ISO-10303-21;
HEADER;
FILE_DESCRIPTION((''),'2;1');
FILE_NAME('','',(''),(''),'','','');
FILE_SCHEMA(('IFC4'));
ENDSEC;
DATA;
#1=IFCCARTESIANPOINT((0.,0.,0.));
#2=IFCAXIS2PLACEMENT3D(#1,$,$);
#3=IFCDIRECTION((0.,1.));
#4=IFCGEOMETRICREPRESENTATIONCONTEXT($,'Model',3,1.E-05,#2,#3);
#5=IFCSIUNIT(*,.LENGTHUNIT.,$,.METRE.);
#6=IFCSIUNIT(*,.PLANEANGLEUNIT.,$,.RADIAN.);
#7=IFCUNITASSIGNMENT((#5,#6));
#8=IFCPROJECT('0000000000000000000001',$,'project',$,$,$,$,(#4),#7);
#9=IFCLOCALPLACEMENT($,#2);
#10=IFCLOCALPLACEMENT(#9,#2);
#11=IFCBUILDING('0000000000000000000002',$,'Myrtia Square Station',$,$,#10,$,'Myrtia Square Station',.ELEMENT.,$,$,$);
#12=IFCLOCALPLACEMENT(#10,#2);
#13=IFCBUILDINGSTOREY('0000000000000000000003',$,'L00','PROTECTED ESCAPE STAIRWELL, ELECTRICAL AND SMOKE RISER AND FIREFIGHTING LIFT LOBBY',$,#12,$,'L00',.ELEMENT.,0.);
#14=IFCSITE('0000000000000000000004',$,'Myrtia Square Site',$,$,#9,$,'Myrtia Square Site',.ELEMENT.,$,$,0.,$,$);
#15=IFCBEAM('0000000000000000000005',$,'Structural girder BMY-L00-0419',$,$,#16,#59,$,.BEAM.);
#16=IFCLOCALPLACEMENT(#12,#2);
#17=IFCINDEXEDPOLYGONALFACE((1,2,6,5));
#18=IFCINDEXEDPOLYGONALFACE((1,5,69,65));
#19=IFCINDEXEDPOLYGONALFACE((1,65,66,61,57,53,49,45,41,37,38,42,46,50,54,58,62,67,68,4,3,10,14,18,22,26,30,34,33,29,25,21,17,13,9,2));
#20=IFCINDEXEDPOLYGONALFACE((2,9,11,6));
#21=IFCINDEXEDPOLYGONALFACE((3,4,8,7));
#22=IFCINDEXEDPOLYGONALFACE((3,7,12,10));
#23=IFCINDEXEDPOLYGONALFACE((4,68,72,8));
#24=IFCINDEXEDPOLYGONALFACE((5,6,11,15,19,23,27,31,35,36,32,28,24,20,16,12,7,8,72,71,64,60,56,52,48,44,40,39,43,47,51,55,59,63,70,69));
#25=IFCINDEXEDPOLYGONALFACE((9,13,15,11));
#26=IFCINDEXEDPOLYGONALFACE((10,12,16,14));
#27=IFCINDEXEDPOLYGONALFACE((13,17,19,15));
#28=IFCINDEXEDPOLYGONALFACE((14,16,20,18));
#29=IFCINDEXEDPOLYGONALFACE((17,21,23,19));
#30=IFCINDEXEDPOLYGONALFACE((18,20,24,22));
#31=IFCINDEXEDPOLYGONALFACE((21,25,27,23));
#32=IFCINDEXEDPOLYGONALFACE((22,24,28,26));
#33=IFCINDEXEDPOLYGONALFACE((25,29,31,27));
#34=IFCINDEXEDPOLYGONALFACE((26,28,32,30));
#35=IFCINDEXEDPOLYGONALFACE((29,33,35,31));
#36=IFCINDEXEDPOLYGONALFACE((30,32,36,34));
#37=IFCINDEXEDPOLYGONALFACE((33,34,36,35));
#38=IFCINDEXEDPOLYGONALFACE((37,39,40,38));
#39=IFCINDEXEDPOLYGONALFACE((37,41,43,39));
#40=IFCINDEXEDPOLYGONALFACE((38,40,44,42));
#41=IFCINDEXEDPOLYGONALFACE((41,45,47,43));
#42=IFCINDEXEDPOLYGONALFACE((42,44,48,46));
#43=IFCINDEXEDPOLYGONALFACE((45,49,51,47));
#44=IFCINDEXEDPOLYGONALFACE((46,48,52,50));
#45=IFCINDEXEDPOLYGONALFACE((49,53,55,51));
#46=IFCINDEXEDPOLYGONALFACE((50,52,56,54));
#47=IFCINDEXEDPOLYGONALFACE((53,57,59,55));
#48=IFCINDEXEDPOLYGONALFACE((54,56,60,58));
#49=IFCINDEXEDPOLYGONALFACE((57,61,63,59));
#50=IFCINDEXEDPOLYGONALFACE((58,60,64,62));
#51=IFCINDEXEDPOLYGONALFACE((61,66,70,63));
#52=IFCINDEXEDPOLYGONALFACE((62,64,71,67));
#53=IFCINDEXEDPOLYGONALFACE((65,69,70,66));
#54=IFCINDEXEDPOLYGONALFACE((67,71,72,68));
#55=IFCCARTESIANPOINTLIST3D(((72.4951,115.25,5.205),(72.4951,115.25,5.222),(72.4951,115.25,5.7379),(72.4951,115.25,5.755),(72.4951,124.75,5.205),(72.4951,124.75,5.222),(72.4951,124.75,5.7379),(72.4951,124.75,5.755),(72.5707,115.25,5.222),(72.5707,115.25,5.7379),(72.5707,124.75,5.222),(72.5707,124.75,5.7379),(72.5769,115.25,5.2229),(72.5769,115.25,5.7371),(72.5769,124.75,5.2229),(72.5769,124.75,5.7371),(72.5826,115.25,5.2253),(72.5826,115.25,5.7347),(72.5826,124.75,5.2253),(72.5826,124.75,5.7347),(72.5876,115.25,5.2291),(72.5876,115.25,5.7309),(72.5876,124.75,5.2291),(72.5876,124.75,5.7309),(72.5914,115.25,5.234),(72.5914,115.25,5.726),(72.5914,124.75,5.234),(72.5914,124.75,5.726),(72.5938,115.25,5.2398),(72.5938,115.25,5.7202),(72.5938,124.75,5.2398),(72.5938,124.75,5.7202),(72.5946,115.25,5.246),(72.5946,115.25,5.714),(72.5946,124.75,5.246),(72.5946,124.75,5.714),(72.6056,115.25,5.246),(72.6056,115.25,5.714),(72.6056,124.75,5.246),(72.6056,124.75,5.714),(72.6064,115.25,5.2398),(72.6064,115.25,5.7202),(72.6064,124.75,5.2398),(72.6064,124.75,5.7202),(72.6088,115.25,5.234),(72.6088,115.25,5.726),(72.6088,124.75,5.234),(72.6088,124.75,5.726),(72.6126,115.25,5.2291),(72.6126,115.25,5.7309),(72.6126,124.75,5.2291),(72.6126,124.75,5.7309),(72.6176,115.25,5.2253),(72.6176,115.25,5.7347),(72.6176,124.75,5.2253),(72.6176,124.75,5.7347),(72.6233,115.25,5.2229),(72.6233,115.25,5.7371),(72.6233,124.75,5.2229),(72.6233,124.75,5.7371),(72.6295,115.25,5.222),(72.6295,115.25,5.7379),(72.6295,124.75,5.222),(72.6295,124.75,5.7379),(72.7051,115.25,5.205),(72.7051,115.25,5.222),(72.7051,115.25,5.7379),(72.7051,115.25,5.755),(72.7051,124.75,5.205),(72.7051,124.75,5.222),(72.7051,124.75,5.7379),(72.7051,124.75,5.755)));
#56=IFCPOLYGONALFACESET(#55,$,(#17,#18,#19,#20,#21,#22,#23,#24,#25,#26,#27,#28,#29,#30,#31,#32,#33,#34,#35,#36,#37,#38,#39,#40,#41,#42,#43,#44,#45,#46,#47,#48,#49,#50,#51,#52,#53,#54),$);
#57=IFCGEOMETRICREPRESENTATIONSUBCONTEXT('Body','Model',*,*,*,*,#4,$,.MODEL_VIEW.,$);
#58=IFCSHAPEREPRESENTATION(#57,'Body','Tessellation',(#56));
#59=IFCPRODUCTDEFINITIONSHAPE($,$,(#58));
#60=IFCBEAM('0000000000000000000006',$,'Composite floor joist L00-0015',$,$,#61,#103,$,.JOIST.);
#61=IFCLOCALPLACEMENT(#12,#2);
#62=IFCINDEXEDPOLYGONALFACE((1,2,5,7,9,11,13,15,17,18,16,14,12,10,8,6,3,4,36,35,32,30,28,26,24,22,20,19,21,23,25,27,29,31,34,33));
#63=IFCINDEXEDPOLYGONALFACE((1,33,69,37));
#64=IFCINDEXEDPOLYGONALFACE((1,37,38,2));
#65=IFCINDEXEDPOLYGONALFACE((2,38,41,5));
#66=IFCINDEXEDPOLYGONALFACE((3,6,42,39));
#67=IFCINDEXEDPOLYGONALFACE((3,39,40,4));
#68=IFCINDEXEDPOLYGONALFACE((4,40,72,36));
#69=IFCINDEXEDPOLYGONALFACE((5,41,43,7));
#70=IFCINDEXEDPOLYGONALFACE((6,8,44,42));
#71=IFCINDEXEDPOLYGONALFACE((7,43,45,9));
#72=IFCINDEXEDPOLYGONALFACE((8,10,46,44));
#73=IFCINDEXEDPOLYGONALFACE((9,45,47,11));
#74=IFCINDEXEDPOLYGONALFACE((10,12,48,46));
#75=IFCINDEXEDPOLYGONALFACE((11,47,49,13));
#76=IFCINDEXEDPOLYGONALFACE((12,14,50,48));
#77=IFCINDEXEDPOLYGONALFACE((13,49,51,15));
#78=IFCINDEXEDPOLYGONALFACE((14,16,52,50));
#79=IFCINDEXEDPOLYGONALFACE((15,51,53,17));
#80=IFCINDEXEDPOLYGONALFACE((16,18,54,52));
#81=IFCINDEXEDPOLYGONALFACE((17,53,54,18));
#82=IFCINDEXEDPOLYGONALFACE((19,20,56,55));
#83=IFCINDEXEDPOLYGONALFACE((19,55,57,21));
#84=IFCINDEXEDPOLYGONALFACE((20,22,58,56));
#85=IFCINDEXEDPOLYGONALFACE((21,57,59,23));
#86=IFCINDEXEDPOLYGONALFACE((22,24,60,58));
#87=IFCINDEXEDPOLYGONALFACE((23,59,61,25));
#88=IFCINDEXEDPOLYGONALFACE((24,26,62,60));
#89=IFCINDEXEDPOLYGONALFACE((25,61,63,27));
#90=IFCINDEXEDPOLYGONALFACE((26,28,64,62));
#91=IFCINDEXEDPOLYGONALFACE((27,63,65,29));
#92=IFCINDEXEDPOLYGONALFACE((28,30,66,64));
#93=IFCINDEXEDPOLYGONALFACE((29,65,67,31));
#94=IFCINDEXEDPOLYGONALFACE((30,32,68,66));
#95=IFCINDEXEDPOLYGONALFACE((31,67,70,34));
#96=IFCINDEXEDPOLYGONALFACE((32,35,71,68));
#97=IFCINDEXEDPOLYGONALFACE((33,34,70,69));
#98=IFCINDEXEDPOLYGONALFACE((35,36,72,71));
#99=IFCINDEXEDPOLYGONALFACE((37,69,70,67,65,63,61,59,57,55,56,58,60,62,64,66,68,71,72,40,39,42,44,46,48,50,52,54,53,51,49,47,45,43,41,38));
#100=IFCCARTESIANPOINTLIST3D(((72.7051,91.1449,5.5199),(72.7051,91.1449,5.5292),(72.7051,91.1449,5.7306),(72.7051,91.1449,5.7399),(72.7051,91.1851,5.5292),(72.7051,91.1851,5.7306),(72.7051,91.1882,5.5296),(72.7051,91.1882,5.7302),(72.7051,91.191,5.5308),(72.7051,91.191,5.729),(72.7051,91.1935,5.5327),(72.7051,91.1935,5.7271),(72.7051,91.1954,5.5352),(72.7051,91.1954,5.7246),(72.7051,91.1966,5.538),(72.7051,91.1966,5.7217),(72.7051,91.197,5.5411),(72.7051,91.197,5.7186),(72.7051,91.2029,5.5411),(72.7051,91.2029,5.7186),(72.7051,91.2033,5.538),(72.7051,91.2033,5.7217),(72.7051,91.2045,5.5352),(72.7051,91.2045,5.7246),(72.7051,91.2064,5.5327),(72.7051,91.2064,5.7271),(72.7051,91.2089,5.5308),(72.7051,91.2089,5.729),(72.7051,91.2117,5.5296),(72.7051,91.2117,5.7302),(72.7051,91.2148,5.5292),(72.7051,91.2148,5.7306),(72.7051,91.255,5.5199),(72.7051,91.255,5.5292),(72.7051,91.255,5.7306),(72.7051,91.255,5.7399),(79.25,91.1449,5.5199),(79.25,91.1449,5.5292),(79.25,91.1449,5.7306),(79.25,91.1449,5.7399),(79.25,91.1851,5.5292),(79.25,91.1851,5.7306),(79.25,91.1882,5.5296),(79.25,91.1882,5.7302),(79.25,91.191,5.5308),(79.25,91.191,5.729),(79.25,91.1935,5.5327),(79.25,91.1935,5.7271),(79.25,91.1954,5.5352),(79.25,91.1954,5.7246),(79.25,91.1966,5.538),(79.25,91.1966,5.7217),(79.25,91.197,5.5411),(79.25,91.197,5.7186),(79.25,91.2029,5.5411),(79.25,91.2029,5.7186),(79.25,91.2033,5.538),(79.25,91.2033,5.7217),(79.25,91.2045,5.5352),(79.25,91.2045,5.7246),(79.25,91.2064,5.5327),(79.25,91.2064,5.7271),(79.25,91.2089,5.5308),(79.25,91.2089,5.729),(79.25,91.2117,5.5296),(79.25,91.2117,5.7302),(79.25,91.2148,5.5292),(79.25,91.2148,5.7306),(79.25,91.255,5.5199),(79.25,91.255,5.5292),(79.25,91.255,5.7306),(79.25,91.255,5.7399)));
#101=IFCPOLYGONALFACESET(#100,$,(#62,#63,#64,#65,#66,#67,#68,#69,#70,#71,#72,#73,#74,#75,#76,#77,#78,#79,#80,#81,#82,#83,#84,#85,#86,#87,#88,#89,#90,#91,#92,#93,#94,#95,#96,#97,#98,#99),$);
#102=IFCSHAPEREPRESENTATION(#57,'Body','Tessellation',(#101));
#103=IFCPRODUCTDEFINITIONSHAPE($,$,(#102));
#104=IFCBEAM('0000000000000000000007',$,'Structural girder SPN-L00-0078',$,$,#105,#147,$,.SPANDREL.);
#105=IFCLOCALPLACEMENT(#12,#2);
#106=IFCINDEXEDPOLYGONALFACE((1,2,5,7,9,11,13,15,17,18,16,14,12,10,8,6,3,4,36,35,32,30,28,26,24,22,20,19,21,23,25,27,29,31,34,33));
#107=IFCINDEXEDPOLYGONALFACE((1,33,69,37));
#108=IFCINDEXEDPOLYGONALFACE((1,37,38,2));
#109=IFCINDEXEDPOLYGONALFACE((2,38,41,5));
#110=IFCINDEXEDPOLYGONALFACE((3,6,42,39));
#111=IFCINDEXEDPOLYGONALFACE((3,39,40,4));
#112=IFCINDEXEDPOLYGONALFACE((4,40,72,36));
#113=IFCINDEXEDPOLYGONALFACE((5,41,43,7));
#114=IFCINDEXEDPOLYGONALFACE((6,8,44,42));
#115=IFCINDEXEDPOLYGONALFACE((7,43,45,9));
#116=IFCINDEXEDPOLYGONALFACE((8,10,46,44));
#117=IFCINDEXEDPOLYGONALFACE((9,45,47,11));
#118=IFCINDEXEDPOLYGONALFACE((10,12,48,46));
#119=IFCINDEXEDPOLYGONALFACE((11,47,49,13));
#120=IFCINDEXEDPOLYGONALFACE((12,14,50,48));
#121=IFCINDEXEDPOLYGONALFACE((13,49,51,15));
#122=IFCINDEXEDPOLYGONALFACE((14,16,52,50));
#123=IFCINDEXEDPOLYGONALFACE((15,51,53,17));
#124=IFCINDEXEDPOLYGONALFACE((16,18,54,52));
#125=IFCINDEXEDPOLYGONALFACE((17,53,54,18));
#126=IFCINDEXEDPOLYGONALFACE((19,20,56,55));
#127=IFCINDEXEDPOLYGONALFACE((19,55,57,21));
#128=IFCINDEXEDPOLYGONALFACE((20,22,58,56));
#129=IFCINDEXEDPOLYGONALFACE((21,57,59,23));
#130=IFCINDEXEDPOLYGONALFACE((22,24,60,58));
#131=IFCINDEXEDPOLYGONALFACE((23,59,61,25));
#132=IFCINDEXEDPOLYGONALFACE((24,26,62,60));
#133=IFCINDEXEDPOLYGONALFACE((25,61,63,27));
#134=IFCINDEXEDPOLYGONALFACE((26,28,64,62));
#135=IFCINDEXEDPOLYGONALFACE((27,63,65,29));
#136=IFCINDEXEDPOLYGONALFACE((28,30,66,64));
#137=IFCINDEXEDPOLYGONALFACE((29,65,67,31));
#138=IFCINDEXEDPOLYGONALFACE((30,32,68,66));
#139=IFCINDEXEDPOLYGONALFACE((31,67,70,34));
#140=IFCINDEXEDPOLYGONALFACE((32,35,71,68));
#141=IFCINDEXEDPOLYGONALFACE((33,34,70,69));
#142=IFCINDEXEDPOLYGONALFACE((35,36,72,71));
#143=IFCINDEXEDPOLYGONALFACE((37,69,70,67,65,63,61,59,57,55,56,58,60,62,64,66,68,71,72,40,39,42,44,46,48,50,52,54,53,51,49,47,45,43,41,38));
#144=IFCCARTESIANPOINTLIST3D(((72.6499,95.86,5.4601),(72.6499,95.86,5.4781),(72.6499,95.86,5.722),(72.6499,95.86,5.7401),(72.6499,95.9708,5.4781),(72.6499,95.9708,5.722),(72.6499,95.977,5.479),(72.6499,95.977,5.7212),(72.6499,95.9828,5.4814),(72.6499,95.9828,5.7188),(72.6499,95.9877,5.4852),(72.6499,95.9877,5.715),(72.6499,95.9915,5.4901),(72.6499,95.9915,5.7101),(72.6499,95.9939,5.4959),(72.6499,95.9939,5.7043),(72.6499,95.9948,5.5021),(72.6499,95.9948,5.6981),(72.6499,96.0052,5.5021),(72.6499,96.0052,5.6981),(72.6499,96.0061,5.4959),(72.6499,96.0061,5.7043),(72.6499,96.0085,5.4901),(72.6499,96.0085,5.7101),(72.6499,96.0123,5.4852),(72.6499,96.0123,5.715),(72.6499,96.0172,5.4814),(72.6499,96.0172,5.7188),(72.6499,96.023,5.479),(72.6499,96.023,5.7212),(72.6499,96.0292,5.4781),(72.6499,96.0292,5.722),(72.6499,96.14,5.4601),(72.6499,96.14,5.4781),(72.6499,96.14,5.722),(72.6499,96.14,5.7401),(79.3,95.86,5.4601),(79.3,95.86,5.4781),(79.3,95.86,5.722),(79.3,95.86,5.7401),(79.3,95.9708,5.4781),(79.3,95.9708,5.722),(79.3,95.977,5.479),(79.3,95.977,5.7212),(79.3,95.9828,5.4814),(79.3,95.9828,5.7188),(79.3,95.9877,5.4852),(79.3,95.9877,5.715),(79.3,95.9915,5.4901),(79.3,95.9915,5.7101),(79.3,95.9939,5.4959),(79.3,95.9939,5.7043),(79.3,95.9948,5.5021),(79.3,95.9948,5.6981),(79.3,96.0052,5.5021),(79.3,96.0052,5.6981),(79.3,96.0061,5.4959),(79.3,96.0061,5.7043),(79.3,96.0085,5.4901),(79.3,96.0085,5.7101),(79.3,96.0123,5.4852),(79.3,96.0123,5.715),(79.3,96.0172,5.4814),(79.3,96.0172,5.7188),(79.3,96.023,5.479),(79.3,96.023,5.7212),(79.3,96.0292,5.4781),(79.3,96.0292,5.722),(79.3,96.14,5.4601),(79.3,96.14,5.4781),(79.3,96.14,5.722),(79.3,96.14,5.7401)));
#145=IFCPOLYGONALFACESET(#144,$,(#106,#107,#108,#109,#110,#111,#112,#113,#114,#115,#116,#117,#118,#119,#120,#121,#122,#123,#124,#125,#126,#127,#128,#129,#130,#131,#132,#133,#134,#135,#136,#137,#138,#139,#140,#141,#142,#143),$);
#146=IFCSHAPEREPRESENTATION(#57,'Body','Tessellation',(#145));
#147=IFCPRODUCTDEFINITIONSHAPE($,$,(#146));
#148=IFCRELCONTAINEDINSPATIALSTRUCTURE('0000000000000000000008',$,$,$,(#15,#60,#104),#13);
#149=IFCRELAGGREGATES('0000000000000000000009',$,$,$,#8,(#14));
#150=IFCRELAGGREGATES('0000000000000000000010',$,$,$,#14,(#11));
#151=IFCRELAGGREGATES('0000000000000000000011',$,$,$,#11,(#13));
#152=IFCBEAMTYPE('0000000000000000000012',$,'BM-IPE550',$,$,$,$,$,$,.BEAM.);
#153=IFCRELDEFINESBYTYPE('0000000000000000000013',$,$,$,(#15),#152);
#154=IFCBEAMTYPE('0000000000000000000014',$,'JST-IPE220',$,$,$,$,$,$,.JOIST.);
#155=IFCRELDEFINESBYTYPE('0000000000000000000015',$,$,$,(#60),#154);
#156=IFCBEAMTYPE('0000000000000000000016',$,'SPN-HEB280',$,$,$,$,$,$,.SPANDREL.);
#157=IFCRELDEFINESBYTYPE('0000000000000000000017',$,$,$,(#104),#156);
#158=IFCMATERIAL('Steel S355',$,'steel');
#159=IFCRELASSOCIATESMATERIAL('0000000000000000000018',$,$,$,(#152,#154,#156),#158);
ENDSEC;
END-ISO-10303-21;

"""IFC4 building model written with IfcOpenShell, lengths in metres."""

from ifc_helpers import new_model, si_unit, direction, frame, origin, origin_2d, place, context, subcontext, project, spatial, i_section, extrude, material, material_profile, profile_set, type_object, element, save


model = new_model("IFC4")

# Units and contexts
model_context = context("Model", 3, precision=1e-05, world=origin(), true_north=direction((0.0, 1.0)))
body_context = subcontext(model_context, "Body", "Model", "MODEL_VIEW")
ifc_project = project(units=[si_unit("LENGTHUNIT", "METRE"), si_unit("PLANEANGLEUNIT", "RADIAN")], contexts=[model_context])

# Site, building, storey
site_placement = place(None, origin())
site = spatial("IfcSite", under=ifc_project, at=site_placement, Name="Myrtia Square Site", LongName="Myrtia Square Site", CompositionType="ELEMENT", RefElevation=0.0)
building_placement = place(site_placement, origin())
building = spatial("IfcBuilding", under=site, at=building_placement, Name="Myrtia Square Station", LongName="Myrtia Square Station", CompositionType="ELEMENT")
storey_placement = place(building_placement, origin())
storey = spatial("IfcBuildingStorey", under=building, at=storey_placement, Name="L00", Description="PROTECTED ESCAPE STAIRWELL, ELECTRICAL AND SMOKE RISER AND FIREFIGHTING LIFT LOBBY", LongName="L00", CompositionType="ELEMENT", Elevation=0.0)

# Shared definitions
ifc_material_1 = material(Name="Steel S355", Category="steel")

# Beams
ifc_material_profile_1 = material_profile(ifc_material_1, i_section(OverallWidth=0.21, OverallDepth=0.55, WebThickness=0.011, FlangeThickness=0.0171, FilletRadius=0.0239, at=origin_2d()), Name="IPE 550")
ifc_profile_set_1 = profile_set([ifc_material_profile_1], Name="Steel S355")
beam_type_1 = type_object("IfcBeamType", Name="BM-IPE550", PredefinedType="BEAM", material=ifc_profile_set_1)
beam_1_placement = place(storey_placement, frame((72.6001, 115.25, 5.48), z_axis=(0.0, 1.0, 0.0), x_axis=(-1.0, 0.0, 0.0)))
element("IfcBeam", 1, at=beam_1_placement, inside=storey, type_object=beam_type_1, Name="Structural girder BMY-L00-0419", PredefinedType="BEAM", context=body_context, shape_type="SweptSolid", body=[
    extrude(i_section(OverallWidth=0.21, OverallDepth=0.55, WebThickness=0.011, FlangeThickness=0.0171, FilletRadius=0.0239, at=origin_2d()), origin(), (0.0, 0.0, 1.0), 9.5),
])
ifc_material_profile_2 = material_profile(ifc_material_1, i_section(OverallWidth=0.1101, OverallDepth=0.22, WebThickness=0.0059, FlangeThickness=0.0093, FilletRadius=0.012, at=origin_2d()), Name="IPE 220")
ifc_profile_set_2 = profile_set([ifc_material_profile_2], Name="Steel S355")
beam_type_2 = type_object("IfcBeamType", Name="JST-IPE220", PredefinedType="JOIST", material=ifc_profile_set_2)
beam_2_placement = place(storey_placement, frame((72.7051, 91.2, 5.6299), z_axis=(1.0, 0.0, 0.0), x_axis=(0.0, 1.0, 0.0)))
element("IfcBeam", 2, at=beam_2_placement, inside=storey, type_object=beam_type_2, Name="Composite floor joist L00-0015", PredefinedType="JOIST", context=body_context, shape_type="SweptSolid", body=[
    extrude(i_section(OverallWidth=0.1101, OverallDepth=0.22, WebThickness=0.0059, FlangeThickness=0.0093, FilletRadius=0.012, at=origin_2d()), origin(), (0.0, 0.0, 1.0), 6.5449),
])
ifc_material_profile_3 = material_profile(ifc_material_1, i_section(OverallWidth=0.28, OverallDepth=0.28, WebThickness=0.0105, FlangeThickness=0.0181, FilletRadius=0.0239, at=origin_2d()), Name="HEB 280")
ifc_profile_set_3 = profile_set([ifc_material_profile_3], Name="Steel S355")
beam_type_3 = type_object("IfcBeamType", Name="SPN-HEB280", PredefinedType="SPANDREL", material=ifc_profile_set_3)
beam_3_placement = place(storey_placement, frame((72.6499, 96.0, 5.6001), z_axis=(1.0, 0.0, 0.0), x_axis=(0.0, 1.0, 0.0)))
element("IfcBeam", 3, at=beam_3_placement, inside=storey, type_object=beam_type_3, Name="Structural girder SPN-L00-0078", PredefinedType="SPANDREL", context=body_context, shape_type="SweptSolid", body=[
    extrude(i_section(OverallWidth=0.28, OverallDepth=0.28, WebThickness=0.0105, FlangeThickness=0.0181, FilletRadius=0.0239, at=origin_2d()), origin(), (0.0, 0.0, 1.0), 6.6501),
])

save(model, "model.ifc")
